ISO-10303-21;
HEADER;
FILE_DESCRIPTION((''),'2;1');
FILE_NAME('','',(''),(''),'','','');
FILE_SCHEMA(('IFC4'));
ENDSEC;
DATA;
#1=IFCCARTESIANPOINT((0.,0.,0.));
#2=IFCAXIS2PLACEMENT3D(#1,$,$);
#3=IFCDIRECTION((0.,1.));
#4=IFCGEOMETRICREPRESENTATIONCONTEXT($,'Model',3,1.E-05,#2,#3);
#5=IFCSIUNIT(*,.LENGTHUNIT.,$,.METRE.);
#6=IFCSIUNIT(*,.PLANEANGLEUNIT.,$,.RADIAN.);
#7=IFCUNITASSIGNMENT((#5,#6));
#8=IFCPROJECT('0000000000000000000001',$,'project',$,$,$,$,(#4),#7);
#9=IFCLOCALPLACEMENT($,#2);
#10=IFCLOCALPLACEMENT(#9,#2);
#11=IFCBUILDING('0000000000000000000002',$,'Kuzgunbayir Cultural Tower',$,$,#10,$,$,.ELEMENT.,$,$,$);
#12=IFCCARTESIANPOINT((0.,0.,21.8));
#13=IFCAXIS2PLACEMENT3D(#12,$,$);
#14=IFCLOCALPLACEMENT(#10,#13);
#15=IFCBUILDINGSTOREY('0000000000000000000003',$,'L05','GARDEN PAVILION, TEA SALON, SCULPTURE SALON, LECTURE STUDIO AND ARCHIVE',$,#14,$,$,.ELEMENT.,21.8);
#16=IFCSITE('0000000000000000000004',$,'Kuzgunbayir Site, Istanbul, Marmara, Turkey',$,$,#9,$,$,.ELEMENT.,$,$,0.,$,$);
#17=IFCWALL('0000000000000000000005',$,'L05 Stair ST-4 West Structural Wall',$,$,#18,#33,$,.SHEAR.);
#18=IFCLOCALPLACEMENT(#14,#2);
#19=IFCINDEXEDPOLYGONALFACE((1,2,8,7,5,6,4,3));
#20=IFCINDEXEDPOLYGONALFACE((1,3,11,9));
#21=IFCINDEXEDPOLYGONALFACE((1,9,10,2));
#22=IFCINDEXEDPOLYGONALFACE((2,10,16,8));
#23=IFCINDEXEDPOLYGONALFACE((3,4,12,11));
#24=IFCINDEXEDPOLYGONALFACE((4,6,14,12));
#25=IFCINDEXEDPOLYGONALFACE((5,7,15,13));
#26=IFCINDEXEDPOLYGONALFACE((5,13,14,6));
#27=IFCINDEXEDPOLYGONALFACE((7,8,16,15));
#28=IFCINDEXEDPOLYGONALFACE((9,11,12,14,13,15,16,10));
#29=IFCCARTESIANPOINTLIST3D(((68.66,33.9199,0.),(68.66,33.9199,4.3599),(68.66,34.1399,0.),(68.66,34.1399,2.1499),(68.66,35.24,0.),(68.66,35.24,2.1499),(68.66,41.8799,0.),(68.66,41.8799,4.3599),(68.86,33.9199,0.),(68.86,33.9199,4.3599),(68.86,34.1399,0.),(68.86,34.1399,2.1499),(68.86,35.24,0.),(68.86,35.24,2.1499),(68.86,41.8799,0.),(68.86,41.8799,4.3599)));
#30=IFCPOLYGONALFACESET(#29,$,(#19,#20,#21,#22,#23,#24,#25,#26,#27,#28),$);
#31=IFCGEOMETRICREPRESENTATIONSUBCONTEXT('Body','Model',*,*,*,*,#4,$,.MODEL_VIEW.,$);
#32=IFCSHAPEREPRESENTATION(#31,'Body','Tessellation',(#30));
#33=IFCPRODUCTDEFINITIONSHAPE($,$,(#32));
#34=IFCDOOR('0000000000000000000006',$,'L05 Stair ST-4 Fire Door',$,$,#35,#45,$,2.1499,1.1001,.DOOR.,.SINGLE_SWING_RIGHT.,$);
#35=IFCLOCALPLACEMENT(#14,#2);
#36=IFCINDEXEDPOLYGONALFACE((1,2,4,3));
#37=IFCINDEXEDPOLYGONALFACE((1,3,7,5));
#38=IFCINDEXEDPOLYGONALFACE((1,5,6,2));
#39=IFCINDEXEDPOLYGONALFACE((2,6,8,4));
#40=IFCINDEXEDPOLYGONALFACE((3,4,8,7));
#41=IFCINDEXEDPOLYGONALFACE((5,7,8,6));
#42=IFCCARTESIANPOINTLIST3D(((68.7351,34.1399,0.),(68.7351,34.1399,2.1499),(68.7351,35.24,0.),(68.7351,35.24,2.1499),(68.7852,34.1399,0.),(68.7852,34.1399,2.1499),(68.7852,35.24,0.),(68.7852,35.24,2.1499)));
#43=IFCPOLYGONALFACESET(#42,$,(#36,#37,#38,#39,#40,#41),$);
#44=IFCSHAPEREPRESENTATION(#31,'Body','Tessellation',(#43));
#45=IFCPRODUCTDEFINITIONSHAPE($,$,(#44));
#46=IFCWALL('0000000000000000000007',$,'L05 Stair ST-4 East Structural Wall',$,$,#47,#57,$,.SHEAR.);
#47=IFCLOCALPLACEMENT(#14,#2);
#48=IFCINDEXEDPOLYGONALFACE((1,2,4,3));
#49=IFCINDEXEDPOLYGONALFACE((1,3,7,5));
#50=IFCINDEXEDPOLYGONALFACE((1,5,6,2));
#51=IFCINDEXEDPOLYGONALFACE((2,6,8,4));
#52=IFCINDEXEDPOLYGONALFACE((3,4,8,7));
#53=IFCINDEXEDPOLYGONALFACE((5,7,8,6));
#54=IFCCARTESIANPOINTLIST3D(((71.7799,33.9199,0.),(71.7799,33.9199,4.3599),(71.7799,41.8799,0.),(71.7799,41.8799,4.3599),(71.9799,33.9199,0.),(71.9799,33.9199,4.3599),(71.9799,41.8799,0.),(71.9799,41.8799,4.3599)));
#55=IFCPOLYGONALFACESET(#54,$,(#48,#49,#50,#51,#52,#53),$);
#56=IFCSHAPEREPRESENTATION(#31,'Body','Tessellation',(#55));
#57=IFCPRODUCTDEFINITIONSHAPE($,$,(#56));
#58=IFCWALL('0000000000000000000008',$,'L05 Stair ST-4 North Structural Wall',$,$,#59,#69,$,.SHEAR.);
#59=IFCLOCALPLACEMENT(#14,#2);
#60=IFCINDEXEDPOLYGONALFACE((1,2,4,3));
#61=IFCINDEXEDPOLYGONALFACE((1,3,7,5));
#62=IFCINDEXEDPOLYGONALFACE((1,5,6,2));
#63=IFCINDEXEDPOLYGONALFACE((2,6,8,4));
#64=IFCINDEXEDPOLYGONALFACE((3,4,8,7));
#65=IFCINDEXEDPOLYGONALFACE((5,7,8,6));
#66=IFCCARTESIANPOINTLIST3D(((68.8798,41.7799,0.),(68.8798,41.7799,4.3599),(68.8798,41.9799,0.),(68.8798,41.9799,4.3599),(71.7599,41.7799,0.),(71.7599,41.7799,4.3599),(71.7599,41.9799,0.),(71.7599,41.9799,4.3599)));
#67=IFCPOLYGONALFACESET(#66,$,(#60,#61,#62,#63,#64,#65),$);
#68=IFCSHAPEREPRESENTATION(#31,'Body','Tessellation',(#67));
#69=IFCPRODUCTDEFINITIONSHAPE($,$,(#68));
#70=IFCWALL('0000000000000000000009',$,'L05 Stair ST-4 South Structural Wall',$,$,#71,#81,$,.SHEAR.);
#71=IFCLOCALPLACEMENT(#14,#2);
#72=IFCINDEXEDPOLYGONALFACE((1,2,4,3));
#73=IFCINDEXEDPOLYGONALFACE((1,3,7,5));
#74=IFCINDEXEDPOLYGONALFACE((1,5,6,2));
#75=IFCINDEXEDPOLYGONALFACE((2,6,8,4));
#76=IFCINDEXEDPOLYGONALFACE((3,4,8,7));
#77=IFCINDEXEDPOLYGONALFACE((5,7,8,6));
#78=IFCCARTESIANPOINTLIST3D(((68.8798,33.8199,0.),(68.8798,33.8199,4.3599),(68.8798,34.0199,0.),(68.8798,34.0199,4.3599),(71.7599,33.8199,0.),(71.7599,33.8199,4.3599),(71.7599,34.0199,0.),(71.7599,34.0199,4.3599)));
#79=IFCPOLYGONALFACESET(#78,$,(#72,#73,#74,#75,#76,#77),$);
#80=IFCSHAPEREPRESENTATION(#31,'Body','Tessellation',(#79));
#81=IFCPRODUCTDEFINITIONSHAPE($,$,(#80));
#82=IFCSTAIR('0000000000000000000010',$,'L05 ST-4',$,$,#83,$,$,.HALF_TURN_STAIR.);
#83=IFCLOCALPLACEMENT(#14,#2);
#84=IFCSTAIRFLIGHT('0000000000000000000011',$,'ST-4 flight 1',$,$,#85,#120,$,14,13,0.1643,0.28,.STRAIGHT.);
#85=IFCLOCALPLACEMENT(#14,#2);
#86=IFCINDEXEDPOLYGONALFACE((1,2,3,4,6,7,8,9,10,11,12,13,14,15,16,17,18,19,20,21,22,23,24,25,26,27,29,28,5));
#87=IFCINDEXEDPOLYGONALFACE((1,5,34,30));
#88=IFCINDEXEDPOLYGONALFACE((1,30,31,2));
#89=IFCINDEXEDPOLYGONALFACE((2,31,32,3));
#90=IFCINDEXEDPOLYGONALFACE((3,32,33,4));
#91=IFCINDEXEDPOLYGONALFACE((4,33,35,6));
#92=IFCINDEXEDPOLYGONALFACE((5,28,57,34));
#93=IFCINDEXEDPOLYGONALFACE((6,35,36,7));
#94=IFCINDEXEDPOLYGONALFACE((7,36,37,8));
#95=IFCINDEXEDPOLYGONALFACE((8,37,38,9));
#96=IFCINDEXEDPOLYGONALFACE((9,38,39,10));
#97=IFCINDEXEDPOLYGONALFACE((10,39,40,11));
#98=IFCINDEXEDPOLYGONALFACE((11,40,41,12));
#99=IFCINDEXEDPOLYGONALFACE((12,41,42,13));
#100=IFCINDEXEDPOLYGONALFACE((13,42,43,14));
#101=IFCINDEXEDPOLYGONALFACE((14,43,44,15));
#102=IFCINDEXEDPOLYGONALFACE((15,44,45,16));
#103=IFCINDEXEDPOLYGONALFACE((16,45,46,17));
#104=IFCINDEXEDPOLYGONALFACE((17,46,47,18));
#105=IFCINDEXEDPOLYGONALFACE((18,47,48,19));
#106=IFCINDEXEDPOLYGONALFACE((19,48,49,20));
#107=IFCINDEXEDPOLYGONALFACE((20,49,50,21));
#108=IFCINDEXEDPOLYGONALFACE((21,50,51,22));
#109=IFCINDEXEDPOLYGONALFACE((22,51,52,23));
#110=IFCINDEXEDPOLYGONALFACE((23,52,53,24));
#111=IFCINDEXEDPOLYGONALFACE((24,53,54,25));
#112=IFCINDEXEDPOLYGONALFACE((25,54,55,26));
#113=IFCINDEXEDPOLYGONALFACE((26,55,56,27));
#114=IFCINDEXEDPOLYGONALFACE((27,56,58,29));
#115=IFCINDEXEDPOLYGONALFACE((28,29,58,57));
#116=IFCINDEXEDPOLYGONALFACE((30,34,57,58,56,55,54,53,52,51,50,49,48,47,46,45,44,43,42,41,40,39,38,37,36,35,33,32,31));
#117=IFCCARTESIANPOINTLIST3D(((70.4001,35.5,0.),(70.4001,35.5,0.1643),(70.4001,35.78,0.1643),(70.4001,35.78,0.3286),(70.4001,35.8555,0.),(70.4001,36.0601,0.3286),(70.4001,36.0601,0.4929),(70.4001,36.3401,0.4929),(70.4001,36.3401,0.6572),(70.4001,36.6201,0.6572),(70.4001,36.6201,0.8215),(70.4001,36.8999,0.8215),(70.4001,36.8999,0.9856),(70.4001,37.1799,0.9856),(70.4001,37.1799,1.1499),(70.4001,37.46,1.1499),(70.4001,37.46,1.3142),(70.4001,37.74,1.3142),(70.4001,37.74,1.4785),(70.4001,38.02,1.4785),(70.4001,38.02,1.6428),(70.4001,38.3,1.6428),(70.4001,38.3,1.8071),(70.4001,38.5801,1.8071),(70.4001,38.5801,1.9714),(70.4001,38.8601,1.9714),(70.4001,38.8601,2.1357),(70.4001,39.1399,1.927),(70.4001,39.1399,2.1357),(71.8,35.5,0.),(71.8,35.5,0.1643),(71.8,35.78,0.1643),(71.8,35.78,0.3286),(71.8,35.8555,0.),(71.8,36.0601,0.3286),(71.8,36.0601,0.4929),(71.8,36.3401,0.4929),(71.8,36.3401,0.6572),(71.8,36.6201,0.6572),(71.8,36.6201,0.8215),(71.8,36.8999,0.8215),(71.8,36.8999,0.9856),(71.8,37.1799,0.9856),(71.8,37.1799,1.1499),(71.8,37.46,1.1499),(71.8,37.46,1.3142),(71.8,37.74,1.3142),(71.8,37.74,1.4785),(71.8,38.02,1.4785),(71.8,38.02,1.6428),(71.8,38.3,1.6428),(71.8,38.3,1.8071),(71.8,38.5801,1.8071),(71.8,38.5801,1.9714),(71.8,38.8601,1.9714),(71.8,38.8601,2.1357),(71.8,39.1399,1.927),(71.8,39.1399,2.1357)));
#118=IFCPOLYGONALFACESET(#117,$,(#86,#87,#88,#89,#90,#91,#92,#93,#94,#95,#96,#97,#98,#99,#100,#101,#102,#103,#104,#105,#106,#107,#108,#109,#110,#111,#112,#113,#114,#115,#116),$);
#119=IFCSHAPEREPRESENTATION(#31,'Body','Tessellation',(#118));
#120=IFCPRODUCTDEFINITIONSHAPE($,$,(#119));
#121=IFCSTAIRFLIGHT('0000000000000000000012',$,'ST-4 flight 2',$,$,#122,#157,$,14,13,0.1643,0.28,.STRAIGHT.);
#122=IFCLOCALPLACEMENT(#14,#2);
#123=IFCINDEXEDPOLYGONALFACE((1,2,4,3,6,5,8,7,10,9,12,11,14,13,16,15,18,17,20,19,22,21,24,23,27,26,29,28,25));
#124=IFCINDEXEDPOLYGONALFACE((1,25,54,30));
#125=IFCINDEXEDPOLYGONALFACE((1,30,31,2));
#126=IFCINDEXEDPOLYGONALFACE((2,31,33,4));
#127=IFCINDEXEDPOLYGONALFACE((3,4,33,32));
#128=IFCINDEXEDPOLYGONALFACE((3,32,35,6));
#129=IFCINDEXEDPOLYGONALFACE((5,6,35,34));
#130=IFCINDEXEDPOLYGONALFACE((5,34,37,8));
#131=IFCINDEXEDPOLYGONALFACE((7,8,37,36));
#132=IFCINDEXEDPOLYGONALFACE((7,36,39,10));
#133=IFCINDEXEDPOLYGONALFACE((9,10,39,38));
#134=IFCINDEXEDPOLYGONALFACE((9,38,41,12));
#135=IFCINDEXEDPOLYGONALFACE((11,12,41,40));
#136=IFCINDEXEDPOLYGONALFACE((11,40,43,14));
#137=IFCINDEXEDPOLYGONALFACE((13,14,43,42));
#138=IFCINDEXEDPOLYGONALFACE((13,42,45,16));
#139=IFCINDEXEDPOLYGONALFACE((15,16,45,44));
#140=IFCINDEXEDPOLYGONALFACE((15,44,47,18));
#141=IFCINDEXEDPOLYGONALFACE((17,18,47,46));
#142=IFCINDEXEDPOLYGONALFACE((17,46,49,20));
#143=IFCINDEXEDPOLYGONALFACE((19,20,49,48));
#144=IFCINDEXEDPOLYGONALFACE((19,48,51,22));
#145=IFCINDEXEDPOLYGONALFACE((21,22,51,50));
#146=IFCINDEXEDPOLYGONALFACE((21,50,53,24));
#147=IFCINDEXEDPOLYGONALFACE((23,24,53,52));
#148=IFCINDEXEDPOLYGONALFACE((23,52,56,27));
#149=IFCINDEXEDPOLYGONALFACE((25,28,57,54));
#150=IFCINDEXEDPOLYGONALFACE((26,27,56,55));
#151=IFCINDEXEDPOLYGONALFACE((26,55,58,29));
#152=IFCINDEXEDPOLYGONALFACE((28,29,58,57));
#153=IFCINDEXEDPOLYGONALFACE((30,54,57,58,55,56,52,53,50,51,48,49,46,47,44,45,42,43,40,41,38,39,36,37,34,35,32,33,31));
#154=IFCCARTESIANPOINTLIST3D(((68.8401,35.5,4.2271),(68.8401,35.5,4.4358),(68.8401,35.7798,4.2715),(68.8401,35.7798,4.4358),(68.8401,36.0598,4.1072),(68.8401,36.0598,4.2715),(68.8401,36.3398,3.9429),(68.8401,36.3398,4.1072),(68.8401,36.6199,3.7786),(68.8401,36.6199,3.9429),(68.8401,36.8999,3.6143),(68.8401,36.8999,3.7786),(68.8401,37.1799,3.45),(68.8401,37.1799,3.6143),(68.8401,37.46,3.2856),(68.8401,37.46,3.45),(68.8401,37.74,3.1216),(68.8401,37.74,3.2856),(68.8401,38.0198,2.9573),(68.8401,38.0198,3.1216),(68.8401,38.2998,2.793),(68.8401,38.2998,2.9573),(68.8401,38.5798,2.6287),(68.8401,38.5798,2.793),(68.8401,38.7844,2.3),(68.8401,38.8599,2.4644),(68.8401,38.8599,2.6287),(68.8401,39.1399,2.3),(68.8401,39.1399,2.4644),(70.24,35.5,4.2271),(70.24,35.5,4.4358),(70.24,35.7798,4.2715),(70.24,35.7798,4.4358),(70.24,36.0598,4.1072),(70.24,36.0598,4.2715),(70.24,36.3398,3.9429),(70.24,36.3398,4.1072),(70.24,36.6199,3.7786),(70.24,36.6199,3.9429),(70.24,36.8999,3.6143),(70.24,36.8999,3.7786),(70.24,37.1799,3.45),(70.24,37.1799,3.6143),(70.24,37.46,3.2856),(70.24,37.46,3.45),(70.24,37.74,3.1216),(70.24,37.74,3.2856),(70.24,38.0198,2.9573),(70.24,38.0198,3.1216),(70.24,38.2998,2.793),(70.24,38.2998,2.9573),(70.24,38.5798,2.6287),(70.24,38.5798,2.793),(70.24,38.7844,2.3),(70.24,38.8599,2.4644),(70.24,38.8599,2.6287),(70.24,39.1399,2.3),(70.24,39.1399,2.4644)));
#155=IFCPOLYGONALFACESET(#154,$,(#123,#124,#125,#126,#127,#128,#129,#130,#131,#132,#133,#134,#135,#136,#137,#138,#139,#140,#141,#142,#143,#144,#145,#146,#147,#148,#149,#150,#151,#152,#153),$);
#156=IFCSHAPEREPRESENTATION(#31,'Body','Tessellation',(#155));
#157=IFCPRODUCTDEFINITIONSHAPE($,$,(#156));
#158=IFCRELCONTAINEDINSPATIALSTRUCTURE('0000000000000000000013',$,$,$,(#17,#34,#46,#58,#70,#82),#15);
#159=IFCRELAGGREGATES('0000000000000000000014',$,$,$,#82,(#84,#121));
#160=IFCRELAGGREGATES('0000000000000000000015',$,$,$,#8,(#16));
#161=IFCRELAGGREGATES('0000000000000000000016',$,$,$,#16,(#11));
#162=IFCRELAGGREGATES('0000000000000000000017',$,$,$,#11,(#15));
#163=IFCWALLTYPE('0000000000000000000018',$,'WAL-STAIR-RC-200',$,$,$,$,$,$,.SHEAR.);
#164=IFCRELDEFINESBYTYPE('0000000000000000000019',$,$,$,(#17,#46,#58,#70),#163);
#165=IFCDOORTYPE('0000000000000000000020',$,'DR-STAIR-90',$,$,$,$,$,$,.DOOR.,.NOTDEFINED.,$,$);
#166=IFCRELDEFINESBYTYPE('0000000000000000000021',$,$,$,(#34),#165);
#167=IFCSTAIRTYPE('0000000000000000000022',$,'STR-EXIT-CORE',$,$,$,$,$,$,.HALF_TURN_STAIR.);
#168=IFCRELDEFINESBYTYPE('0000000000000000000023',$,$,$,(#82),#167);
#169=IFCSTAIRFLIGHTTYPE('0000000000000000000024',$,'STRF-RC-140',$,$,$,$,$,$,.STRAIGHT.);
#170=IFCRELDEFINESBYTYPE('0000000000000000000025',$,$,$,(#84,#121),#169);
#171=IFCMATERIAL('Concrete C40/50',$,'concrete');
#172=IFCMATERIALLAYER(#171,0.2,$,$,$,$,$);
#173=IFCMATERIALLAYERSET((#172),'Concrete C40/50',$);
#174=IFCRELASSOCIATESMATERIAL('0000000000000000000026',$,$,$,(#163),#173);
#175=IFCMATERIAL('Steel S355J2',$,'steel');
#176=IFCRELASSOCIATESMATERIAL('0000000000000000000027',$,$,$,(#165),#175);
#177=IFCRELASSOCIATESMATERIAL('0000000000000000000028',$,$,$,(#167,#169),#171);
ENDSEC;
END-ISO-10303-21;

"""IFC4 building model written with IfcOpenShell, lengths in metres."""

from ifc_helpers import new_model, si_unit, direction, frame, frame_2d, origin, place, context, subcontext, project, spatial, polyline, rectangle, outline, extrude, material, layer, layer_set, type_object, element, fill, aggregate, save


model = new_model("IFC4")

# Units and contexts
model_context = context("Model", 3, precision=1e-05, world=origin(), true_north=direction((0.0, 1.0)))
body_context = subcontext(model_context, "Body", "Model", "MODEL_VIEW")
ifc_project = project(units=[si_unit("LENGTHUNIT", "METRE"), si_unit("PLANEANGLEUNIT", "RADIAN")], contexts=[model_context])

# Site, building, storey
site_placement = place(None, origin())
site = spatial("IfcSite", under=ifc_project, at=site_placement, Name="Kuzgunbayir Site, Istanbul, Marmara, Turkey", CompositionType="ELEMENT", RefElevation=0.0)
building_placement = place(site_placement, origin())
building = spatial("IfcBuilding", under=site, at=building_placement, Name="Kuzgunbayir Cultural Tower", CompositionType="ELEMENT")
storey_placement = place(building_placement, frame((0.0, 0.0, 21.8)))
storey = spatial("IfcBuildingStorey", under=building, at=storey_placement, Name="L05", Description="GARDEN PAVILION, TEA SALON, SCULPTURE SALON, LECTURE STUDIO AND ARCHIVE", CompositionType="ELEMENT", Elevation=21.8)

# Shared definitions
ifc_material_1 = material(Name="Steel S355J2", Category="steel")

# Shared definitions
ifc_material_2 = material(Name="Concrete C40/50", Category="concrete")

# Shared definitions
ifc_layer_1 = layer(ifc_material_2, 0.2)
ifc_layer_set_1 = layer_set([ifc_layer_1], Name="Concrete C40/50")
wall_type_1 = type_object("IfcWallType", Name="WAL-STAIR-RC-200", PredefinedType="SHEAR", material=ifc_layer_set_1)

# Wall, opening, door
wall_1_placement = place(storey_placement, frame((68.76, 33.9199, 0.0), z_axis=(0.0, 0.0, 1.0), x_axis=(0.0, 1.0, 0.0)))
wall_1 = element("IfcWall", 1, at=wall_1_placement, inside=storey, type_object=wall_type_1, Name="L05 Stair ST-4 West Structural Wall", PredefinedType="SHEAR", context=body_context, shape_type="SweptSolid", body=[
    extrude(rectangle(XDim=7.96, YDim=0.2, at=frame_2d((3.98, 0.0))), origin(), (0.0, 0.0, 1.0), 4.3599),
])
opening_1_placement = place(wall_1_placement, frame((0.22, 0.0, 0.0)))
opening_1 = element("IfcOpeningElement", 2, at=opening_1_placement, cuts=wall_1, PredefinedType="OPENING", context=body_context, shape_type="SweptSolid", body=[
    extrude(rectangle(XDim=1.1001, YDim=2.1499, at=frame_2d((0.55, 1.075))), frame((0.0, 0.1099, 0.0), z_axis=(0.0, -1.0, 0.0), x_axis=(1.0, 0.0, 0.0)), (0.0, 0.0, 1.0), 0.22),
])
door_type_1 = type_object("IfcDoorType", Name="DR-STAIR-90", OperationType="NOTDEFINED", PredefinedType="DOOR", material=ifc_material_1)
door_1_placement = place(opening_1_placement, origin())
door_1 = element("IfcDoor", 3, at=door_1_placement, inside=storey, type_object=door_type_1, Name="L05 Stair ST-4 Fire Door", OperationType="SINGLE_SWING_RIGHT", OverallHeight=2.1499, OverallWidth=1.1001, PredefinedType="DOOR", context=body_context, shape_type="SweptSolid", body=[
    extrude(rectangle(XDim=1.1001, YDim=2.1499, at=frame_2d((0.55, 1.075))), frame((0.0, 0.0249, 0.0), z_axis=(0.0, -1.0, 0.0), x_axis=(1.0, 0.0, 0.0)), (0.0, 0.0, 1.0), 0.05),
])
fill(opening_1, door_1)

# Walls
wall_2_placement = place(storey_placement, frame((71.8799, 33.9199, 0.0), z_axis=(0.0, 0.0, 1.0), x_axis=(0.0, 1.0, 0.0)))
element("IfcWall", 4, at=wall_2_placement, inside=storey, type_object=wall_type_1, Name="L05 Stair ST-4 East Structural Wall", PredefinedType="SHEAR", context=body_context, shape_type="SweptSolid", body=[
    extrude(rectangle(XDim=7.96, YDim=0.2, at=frame_2d((3.98, 0.0))), origin(), (0.0, 0.0, 1.0), 4.3599),
])
for number, where, z_axis, x_axis, name in (
    (5, (68.8799, 41.8799, 0.0), (0.0, 0.0, 1.0), (1.0, 0.0, 0.0), "L05 Stair ST-4 North Structural Wall"),
    (6, (68.8799, 33.9199, 0.0), (0.0, 0.0, 1.0), (1.0, 0.0, 0.0), "L05 Stair ST-4 South Structural Wall"),
):
    element("IfcWall", number, at=place(storey_placement, frame(where, z_axis=z_axis, x_axis=x_axis)), inside=storey, type_object=wall_type_1, Name=name, PredefinedType="SHEAR", context=body_context, shape_type="SweptSolid", body=[
        extrude(rectangle(XDim=2.8801, YDim=0.2, at=frame_2d((1.4399, 0.0))), origin(), (0.0, 0.0, 1.0), 4.3599),
    ])

# Stair, stair flights
stair_type = type_object("IfcStairType", Name="STR-EXIT-CORE", PredefinedType="HALF_TURN_STAIR", material=ifc_material_2)
stair_placement = place(storey_placement, origin())
stair = element("IfcStair", 7, at=stair_placement, inside=storey, type_object=stair_type, Name="L05 ST-4", PredefinedType="HALF_TURN_STAIR")
stair_flight_type = type_object("IfcStairFlightType", Name="STRF-RC-140", PredefinedType="STRAIGHT", material=ifc_material_2)
stair_flight_1_placement = place(storey_placement, frame((71.1001, 35.5, 0.0), z_axis=(0.0, 0.0, 1.0), x_axis=(0.0, 1.0, 0.0)))
stair_flight_1 = element("IfcStairFlight", 8, at=stair_flight_1_placement, type_object=stair_flight_type, Name="ST-4 flight 1", NumberOfRisers=14, NumberOfTreads=13, PredefinedType="STRAIGHT", RiserHeight=0.1643, TreadLength=0.28, context=body_context, shape_type="SweptSolid", body=[
    extrude(outline(polyline([(0.0, 0.0), (0.0, 0.1643), (0.28, 0.1643), (0.28, 0.3286), (0.5601, 0.3286), (0.5601, 0.4929), (0.8401, 0.4929), (0.8401, 0.6572), (1.1201, 0.6572), (1.1201, 0.8215), (1.3999, 0.8215), (1.3999, 0.9856), (1.6799, 0.9856), (1.6799, 1.1499), (1.96, 1.1499), (1.96, 1.3142), (2.24, 1.3142), (2.24, 1.4785), (2.52, 1.4785), (2.52, 1.6428), (2.8, 1.6428), (2.8, 1.8071), (3.0801, 1.8071), (3.0801, 1.9714), (3.3601, 1.9714), (3.3601, 2.1357), (3.6399, 2.1357), (3.6399, 2.3), (3.6399, 1.927), (0.3555, 0.0), (0.0, 0.0)])), frame((0.0, 0.7, 0.0), z_axis=(0.0, -1.0, 0.0), x_axis=(1.0, 0.0, 0.0)), (0.0, 0.0, 1.0), 1.3999),
])
stair_flight_2_placement = place(storey_placement, frame((69.54, 39.1399, 2.3), z_axis=(0.0, 0.0, 1.0), x_axis=(0.0, -1.0, 0.0)))
stair_flight_2 = element("IfcStairFlight", 9, at=stair_flight_2_placement, type_object=stair_flight_type, Name="ST-4 flight 2", NumberOfRisers=14, NumberOfTreads=13, PredefinedType="STRAIGHT", RiserHeight=0.1643, TreadLength=0.28, context=body_context, shape_type="SweptSolid", body=[
    extrude(outline(polyline([(0.0, 0.0), (0.0, 0.1643), (0.28, 0.1643), (0.28, 0.3286), (0.5601, 0.3286), (0.5601, 0.4929), (0.8401, 0.4929), (0.8401, 0.6572), (1.1201, 0.6572), (1.1201, 0.8215), (1.3999, 0.8215), (1.3999, 0.9856), (1.6799, 0.9856), (1.6799, 1.1499), (1.96, 1.1499), (1.96, 1.3142), (2.24, 1.3142), (2.24, 1.4785), (2.52, 1.4785), (2.52, 1.6428), (2.8, 1.6428), (2.8, 1.8071), (3.0801, 1.8071), (3.0801, 1.9714), (3.3601, 1.9714), (3.3601, 2.1357), (3.6399, 2.1357), (3.6399, 2.3), (3.6399, 1.927), (0.3555, 0.0), (0.0, 0.0)])), frame((0.0, 0.7, 0.0), z_axis=(0.0, -1.0, 0.0), x_axis=(1.0, 0.0, 0.0)), (0.0, 0.0, 1.0), 1.3999),
])
aggregate(stair, [stair_flight_1, stair_flight_2])

save(model, "model.ifc")
